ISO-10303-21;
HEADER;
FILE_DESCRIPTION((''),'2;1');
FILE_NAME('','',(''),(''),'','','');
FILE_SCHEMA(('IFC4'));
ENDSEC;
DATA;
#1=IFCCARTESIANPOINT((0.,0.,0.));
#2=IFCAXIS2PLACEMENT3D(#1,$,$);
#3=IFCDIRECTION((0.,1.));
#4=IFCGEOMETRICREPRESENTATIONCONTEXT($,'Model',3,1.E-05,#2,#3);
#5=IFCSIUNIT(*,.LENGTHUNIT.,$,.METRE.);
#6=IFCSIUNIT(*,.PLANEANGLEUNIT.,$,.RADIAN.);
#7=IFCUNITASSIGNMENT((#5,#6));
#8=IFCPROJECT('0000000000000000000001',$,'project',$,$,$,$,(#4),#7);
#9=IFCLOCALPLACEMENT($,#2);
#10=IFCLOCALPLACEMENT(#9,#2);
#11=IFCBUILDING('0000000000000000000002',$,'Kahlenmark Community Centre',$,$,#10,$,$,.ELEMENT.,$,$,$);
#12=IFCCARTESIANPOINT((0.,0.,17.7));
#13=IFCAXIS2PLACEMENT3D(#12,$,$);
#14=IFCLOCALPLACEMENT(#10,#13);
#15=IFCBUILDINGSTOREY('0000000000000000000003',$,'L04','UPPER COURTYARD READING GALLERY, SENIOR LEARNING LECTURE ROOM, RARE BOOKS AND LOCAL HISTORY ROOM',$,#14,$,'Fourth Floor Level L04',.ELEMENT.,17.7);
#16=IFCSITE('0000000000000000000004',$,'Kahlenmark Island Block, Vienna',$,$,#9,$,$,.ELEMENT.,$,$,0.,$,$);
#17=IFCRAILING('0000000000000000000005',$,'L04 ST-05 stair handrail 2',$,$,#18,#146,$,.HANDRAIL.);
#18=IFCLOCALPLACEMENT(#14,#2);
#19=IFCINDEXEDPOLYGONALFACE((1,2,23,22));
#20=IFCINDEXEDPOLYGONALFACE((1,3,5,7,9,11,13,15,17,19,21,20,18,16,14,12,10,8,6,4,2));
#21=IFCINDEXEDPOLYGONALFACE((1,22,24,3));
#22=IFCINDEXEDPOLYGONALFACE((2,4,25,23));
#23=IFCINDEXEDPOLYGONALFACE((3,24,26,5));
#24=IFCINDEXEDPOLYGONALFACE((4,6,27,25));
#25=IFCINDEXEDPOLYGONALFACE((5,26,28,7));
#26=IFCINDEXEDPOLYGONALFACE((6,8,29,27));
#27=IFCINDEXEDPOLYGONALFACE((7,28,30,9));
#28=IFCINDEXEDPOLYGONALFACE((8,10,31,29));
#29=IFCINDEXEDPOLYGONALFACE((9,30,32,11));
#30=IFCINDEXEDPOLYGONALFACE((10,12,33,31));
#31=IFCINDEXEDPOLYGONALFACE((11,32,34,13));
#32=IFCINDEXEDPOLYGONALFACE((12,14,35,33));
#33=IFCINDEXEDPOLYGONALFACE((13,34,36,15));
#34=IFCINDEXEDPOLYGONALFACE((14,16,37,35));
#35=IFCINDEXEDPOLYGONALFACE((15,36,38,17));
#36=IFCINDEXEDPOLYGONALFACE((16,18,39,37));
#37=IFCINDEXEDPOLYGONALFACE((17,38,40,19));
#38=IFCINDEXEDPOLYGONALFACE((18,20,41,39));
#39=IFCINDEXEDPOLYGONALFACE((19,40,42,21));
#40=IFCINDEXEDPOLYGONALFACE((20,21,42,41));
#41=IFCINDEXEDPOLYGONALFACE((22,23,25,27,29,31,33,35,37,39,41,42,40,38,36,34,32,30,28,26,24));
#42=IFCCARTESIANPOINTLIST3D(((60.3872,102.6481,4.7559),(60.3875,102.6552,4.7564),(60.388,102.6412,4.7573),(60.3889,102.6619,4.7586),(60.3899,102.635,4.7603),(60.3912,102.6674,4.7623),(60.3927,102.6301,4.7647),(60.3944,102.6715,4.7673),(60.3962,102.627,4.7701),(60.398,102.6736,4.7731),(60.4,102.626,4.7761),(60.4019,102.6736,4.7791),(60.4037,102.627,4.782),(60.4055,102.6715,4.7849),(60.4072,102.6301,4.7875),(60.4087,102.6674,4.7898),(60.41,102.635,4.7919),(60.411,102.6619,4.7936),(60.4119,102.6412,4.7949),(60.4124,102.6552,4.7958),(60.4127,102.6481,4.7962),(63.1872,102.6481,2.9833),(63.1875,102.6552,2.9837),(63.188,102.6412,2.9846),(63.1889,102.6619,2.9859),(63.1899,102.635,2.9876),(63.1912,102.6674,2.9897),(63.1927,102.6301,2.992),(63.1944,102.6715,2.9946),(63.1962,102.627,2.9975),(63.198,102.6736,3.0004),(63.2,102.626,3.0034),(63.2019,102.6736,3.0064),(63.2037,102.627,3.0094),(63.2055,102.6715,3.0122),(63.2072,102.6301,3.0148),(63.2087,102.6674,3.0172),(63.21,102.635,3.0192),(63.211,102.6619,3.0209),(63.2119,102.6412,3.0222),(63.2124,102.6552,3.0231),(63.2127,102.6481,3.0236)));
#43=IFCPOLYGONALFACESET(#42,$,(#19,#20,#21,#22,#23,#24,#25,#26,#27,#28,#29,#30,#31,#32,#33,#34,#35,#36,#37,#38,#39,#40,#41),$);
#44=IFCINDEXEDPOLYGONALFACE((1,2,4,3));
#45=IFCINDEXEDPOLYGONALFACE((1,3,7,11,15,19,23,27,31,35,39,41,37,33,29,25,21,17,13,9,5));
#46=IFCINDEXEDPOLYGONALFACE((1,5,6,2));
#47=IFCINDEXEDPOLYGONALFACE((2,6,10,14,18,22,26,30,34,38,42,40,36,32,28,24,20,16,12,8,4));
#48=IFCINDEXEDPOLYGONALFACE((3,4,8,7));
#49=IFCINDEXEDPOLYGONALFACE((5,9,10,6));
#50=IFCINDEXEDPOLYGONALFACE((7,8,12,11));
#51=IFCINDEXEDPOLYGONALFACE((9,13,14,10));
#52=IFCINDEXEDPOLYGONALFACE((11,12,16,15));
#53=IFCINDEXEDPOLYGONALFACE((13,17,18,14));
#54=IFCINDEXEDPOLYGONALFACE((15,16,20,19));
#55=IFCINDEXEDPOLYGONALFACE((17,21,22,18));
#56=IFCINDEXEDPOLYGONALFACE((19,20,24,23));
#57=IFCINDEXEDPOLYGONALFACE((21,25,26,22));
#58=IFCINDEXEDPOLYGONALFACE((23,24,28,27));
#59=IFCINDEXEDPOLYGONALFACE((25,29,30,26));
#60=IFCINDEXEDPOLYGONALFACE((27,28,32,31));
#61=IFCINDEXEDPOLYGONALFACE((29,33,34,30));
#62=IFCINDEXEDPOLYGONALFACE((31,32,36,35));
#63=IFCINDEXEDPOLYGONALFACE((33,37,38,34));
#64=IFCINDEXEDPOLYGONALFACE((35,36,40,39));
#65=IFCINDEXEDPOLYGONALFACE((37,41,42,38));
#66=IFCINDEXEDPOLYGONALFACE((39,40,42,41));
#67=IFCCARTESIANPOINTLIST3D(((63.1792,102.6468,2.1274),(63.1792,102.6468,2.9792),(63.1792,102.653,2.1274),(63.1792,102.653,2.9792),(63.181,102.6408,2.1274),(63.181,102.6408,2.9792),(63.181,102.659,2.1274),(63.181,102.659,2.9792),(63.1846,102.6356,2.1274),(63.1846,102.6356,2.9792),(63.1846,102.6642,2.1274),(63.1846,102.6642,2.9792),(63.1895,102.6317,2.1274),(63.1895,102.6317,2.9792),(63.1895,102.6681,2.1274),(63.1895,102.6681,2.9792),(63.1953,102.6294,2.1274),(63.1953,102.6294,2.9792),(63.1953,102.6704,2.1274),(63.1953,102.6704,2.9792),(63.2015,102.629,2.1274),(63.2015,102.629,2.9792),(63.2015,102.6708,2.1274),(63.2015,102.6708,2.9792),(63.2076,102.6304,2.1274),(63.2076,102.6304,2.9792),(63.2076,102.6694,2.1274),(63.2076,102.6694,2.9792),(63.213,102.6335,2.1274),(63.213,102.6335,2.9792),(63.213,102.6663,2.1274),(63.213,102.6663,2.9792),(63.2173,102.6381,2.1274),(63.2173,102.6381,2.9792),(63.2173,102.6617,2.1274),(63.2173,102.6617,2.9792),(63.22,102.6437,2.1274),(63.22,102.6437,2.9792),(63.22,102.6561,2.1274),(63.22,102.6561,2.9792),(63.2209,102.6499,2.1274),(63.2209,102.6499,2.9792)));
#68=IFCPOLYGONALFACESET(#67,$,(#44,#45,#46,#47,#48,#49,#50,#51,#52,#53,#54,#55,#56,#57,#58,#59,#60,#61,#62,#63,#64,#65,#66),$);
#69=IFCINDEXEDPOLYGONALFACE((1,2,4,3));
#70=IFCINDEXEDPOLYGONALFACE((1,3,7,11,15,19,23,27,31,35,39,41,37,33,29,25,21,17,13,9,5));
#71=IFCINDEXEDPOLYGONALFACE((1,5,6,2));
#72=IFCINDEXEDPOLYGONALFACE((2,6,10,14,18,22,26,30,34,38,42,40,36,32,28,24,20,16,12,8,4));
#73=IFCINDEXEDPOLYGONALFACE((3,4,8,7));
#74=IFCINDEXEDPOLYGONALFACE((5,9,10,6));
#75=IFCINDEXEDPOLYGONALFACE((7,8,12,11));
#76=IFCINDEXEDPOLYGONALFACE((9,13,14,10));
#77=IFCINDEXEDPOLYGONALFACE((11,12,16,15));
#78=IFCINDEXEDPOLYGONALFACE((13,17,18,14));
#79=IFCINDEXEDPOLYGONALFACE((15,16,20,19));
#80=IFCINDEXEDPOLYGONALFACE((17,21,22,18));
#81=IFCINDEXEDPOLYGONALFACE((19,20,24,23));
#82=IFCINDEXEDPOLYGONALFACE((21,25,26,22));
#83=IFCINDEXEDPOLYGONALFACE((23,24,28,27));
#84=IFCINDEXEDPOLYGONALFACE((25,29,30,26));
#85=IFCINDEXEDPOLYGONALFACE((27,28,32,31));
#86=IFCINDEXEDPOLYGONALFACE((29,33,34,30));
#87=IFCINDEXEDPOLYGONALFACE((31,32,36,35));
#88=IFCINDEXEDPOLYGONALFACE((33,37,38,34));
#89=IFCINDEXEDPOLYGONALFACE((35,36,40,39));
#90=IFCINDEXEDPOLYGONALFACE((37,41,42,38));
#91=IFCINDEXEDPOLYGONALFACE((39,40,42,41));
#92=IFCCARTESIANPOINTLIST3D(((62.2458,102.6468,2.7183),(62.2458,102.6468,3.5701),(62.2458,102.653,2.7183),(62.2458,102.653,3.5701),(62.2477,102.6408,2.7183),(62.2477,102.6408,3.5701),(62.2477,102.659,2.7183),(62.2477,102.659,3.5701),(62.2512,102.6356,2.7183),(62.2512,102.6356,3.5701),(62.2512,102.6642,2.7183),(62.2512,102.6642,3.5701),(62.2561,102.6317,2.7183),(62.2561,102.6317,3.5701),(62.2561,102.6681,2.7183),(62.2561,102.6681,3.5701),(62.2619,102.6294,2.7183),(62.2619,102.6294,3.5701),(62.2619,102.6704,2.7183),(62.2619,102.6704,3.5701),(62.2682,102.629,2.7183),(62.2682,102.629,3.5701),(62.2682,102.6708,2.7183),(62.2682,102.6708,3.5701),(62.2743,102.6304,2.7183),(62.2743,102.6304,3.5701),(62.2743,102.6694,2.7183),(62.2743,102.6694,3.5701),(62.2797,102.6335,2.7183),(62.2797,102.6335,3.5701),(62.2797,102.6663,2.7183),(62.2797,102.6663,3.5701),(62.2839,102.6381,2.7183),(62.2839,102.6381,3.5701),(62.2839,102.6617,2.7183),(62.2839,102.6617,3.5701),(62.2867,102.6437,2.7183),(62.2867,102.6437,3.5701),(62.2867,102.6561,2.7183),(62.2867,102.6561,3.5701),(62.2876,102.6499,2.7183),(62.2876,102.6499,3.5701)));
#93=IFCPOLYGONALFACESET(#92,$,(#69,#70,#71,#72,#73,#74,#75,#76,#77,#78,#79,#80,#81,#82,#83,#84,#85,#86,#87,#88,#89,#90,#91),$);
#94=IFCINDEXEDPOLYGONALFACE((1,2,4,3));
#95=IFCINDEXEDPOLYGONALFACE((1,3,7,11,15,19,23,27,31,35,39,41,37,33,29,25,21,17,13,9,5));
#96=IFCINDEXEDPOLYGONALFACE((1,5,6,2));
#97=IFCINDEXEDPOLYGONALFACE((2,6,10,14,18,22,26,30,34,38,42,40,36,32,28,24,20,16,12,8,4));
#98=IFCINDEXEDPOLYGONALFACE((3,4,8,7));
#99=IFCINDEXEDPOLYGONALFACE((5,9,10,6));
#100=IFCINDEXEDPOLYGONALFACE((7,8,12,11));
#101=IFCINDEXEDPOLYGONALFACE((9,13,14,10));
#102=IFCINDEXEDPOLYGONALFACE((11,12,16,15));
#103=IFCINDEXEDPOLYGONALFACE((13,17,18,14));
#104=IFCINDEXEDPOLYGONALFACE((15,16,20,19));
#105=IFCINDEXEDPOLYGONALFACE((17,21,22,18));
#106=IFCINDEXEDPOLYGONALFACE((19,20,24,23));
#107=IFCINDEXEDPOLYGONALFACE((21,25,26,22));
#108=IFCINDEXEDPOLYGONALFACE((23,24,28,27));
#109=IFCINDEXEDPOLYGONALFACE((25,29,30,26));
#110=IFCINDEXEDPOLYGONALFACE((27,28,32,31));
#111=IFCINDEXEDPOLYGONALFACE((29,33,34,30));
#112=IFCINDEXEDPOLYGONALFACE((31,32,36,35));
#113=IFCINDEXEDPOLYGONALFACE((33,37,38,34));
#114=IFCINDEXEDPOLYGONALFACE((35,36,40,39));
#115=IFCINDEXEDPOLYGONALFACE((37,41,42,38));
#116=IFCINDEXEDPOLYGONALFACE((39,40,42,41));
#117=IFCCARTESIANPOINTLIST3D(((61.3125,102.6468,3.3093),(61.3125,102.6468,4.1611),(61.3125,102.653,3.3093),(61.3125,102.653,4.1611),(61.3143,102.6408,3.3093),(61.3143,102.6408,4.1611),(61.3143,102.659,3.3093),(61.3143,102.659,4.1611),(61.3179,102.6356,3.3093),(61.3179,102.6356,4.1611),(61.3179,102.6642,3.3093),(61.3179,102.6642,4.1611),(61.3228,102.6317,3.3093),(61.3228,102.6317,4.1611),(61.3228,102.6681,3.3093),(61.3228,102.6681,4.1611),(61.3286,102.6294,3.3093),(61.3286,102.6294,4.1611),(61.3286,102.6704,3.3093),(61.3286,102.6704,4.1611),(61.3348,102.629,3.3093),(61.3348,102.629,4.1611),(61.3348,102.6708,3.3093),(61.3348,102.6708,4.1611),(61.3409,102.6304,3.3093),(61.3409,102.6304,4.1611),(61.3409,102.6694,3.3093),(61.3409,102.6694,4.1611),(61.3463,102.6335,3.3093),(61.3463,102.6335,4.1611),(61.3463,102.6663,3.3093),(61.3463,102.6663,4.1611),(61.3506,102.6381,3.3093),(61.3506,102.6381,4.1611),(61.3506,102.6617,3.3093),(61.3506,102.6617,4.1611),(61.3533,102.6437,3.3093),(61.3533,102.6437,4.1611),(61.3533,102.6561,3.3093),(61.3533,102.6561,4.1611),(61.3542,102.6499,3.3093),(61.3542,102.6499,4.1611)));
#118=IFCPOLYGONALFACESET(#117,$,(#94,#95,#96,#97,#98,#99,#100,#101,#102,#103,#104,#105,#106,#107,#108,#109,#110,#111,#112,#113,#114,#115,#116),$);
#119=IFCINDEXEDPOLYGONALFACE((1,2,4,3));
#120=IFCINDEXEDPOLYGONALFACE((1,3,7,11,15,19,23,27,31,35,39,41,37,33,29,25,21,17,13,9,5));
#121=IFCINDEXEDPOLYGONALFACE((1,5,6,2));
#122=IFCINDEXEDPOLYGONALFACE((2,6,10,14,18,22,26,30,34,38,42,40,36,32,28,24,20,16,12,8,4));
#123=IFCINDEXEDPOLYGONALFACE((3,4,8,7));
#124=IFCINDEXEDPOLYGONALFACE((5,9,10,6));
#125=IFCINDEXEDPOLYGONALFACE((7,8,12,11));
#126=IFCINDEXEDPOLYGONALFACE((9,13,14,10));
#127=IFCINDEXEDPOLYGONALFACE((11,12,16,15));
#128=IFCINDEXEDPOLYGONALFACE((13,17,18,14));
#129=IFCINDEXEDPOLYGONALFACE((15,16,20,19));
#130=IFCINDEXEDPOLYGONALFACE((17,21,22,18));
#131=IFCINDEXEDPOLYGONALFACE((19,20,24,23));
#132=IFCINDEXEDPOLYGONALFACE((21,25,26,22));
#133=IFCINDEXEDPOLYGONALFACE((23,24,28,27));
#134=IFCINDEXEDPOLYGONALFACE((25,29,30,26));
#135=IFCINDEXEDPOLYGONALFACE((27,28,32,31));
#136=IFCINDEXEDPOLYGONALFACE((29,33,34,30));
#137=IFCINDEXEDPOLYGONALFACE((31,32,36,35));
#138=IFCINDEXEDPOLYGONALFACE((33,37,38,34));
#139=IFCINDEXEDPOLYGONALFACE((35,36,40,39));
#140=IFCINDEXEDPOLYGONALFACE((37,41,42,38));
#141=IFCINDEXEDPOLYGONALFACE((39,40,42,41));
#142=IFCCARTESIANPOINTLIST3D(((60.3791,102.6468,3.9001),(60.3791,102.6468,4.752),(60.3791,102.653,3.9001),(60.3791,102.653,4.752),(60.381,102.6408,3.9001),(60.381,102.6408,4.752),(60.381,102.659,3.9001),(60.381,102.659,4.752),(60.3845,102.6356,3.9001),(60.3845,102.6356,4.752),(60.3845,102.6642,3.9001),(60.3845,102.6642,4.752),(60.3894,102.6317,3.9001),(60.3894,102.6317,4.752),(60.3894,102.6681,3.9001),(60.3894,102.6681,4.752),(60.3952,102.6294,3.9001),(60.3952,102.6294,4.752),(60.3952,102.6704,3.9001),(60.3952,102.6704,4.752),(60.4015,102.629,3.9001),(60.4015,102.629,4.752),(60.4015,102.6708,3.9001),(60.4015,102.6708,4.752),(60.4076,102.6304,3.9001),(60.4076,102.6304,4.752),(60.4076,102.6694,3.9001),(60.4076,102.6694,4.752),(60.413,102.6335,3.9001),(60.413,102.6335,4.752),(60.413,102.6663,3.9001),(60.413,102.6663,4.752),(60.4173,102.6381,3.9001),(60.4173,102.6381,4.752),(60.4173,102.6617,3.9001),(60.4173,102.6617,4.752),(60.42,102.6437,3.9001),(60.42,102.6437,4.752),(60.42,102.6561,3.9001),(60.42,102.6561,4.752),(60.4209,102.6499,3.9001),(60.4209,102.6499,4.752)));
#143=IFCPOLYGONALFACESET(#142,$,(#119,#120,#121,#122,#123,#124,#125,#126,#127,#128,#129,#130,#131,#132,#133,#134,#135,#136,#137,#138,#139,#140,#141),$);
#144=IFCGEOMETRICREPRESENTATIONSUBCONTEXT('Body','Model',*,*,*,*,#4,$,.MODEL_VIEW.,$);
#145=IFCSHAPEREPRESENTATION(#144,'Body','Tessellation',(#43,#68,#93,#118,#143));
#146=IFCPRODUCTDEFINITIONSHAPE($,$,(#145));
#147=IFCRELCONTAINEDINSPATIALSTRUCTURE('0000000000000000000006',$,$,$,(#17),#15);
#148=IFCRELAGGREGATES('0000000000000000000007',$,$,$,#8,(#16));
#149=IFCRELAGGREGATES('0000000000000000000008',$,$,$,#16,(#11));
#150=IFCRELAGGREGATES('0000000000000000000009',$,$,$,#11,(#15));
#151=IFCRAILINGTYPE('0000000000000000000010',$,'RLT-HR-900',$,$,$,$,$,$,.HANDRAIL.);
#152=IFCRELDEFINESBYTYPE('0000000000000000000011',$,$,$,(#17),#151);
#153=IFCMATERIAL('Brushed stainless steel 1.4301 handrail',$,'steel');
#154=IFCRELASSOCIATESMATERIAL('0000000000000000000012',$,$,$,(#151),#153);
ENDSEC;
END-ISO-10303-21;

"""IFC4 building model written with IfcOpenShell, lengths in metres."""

from ifc_helpers import new_model, si_unit, direction, frame, origin, origin_2d, place, context, subcontext, project, spatial, circle, extrude, material, type_object, element, save


model = new_model("IFC4")

# Units and contexts
model_context = context("Model", 3, precision=1e-05, world=origin(), true_north=direction((0.0, 1.0)))
body_context = subcontext(model_context, "Body", "Model", "MODEL_VIEW")
ifc_project = project(units=[si_unit("LENGTHUNIT", "METRE"), si_unit("PLANEANGLEUNIT", "RADIAN")], contexts=[model_context])

# Site, building, storey
site_placement = place(None, origin())
site = spatial("IfcSite", under=ifc_project, at=site_placement, Name="Kahlenmark Island Block, Vienna", CompositionType="ELEMENT", RefElevation=0.0)
building_placement = place(site_placement, origin())
building = spatial("IfcBuilding", under=site, at=building_placement, Name="Kahlenmark Community Centre", CompositionType="ELEMENT")
storey_placement = place(building_placement, frame((0.0, 0.0, 17.7)))
storey = spatial("IfcBuildingStorey", under=building, at=storey_placement, Name="L04", Description="UPPER COURTYARD READING GALLERY, SENIOR LEARNING LECTURE ROOM, RARE BOOKS AND LOCAL HISTORY ROOM", LongName="Fourth Floor Level L04", CompositionType="ELEMENT", Elevation=17.7)

# Railing
ifc_material_1 = material(Name="Brushed stainless steel 1.4301 handrail", Category="steel")
railing_type_1 = type_object("IfcRailingType", Name="RLT-HR-900", PredefinedType="HANDRAIL", material=ifc_material_1)
railing_1_placement = place(storey_placement, frame((63.2, 102.6499, 2.1274)))
element("IfcRailing", 1, at=railing_1_placement, inside=storey, type_object=railing_type_1, Name="L04 ST-05 stair handrail 2", PredefinedType="HANDRAIL", context=body_context, shape_type="SweptSolid", body=[
    extrude(circle(Radius=0.0239, at=origin_2d()), frame((0.0, 0.0, 0.876), z_axis=(-0.844909, 0.0, 0.53491), x_axis=(0.0, -1.0, 0.0)), (0.0, 0.0, 1.0), 3.314),
    extrude(circle(Radius=0.021, at=origin_2d()), origin(), (0.0, 0.0, 1.0), 0.8518),
    extrude(circle(Radius=0.021, at=origin_2d()), frame((-0.9333, 0.0, 0.5908)), (0.0, 0.0, 1.0), 0.8518),
    extrude(circle(Radius=0.021, at=origin_2d()), frame((-1.8667, 0.0, 1.1819)), (0.0, 0.0, 1.0), 0.8518),
    extrude(circle(Radius=0.021, at=origin_2d()), frame((-2.8, 0.0, 1.7727)), (0.0, 0.0, 1.0), 0.8518),
])

save(model, "model.ifc")
